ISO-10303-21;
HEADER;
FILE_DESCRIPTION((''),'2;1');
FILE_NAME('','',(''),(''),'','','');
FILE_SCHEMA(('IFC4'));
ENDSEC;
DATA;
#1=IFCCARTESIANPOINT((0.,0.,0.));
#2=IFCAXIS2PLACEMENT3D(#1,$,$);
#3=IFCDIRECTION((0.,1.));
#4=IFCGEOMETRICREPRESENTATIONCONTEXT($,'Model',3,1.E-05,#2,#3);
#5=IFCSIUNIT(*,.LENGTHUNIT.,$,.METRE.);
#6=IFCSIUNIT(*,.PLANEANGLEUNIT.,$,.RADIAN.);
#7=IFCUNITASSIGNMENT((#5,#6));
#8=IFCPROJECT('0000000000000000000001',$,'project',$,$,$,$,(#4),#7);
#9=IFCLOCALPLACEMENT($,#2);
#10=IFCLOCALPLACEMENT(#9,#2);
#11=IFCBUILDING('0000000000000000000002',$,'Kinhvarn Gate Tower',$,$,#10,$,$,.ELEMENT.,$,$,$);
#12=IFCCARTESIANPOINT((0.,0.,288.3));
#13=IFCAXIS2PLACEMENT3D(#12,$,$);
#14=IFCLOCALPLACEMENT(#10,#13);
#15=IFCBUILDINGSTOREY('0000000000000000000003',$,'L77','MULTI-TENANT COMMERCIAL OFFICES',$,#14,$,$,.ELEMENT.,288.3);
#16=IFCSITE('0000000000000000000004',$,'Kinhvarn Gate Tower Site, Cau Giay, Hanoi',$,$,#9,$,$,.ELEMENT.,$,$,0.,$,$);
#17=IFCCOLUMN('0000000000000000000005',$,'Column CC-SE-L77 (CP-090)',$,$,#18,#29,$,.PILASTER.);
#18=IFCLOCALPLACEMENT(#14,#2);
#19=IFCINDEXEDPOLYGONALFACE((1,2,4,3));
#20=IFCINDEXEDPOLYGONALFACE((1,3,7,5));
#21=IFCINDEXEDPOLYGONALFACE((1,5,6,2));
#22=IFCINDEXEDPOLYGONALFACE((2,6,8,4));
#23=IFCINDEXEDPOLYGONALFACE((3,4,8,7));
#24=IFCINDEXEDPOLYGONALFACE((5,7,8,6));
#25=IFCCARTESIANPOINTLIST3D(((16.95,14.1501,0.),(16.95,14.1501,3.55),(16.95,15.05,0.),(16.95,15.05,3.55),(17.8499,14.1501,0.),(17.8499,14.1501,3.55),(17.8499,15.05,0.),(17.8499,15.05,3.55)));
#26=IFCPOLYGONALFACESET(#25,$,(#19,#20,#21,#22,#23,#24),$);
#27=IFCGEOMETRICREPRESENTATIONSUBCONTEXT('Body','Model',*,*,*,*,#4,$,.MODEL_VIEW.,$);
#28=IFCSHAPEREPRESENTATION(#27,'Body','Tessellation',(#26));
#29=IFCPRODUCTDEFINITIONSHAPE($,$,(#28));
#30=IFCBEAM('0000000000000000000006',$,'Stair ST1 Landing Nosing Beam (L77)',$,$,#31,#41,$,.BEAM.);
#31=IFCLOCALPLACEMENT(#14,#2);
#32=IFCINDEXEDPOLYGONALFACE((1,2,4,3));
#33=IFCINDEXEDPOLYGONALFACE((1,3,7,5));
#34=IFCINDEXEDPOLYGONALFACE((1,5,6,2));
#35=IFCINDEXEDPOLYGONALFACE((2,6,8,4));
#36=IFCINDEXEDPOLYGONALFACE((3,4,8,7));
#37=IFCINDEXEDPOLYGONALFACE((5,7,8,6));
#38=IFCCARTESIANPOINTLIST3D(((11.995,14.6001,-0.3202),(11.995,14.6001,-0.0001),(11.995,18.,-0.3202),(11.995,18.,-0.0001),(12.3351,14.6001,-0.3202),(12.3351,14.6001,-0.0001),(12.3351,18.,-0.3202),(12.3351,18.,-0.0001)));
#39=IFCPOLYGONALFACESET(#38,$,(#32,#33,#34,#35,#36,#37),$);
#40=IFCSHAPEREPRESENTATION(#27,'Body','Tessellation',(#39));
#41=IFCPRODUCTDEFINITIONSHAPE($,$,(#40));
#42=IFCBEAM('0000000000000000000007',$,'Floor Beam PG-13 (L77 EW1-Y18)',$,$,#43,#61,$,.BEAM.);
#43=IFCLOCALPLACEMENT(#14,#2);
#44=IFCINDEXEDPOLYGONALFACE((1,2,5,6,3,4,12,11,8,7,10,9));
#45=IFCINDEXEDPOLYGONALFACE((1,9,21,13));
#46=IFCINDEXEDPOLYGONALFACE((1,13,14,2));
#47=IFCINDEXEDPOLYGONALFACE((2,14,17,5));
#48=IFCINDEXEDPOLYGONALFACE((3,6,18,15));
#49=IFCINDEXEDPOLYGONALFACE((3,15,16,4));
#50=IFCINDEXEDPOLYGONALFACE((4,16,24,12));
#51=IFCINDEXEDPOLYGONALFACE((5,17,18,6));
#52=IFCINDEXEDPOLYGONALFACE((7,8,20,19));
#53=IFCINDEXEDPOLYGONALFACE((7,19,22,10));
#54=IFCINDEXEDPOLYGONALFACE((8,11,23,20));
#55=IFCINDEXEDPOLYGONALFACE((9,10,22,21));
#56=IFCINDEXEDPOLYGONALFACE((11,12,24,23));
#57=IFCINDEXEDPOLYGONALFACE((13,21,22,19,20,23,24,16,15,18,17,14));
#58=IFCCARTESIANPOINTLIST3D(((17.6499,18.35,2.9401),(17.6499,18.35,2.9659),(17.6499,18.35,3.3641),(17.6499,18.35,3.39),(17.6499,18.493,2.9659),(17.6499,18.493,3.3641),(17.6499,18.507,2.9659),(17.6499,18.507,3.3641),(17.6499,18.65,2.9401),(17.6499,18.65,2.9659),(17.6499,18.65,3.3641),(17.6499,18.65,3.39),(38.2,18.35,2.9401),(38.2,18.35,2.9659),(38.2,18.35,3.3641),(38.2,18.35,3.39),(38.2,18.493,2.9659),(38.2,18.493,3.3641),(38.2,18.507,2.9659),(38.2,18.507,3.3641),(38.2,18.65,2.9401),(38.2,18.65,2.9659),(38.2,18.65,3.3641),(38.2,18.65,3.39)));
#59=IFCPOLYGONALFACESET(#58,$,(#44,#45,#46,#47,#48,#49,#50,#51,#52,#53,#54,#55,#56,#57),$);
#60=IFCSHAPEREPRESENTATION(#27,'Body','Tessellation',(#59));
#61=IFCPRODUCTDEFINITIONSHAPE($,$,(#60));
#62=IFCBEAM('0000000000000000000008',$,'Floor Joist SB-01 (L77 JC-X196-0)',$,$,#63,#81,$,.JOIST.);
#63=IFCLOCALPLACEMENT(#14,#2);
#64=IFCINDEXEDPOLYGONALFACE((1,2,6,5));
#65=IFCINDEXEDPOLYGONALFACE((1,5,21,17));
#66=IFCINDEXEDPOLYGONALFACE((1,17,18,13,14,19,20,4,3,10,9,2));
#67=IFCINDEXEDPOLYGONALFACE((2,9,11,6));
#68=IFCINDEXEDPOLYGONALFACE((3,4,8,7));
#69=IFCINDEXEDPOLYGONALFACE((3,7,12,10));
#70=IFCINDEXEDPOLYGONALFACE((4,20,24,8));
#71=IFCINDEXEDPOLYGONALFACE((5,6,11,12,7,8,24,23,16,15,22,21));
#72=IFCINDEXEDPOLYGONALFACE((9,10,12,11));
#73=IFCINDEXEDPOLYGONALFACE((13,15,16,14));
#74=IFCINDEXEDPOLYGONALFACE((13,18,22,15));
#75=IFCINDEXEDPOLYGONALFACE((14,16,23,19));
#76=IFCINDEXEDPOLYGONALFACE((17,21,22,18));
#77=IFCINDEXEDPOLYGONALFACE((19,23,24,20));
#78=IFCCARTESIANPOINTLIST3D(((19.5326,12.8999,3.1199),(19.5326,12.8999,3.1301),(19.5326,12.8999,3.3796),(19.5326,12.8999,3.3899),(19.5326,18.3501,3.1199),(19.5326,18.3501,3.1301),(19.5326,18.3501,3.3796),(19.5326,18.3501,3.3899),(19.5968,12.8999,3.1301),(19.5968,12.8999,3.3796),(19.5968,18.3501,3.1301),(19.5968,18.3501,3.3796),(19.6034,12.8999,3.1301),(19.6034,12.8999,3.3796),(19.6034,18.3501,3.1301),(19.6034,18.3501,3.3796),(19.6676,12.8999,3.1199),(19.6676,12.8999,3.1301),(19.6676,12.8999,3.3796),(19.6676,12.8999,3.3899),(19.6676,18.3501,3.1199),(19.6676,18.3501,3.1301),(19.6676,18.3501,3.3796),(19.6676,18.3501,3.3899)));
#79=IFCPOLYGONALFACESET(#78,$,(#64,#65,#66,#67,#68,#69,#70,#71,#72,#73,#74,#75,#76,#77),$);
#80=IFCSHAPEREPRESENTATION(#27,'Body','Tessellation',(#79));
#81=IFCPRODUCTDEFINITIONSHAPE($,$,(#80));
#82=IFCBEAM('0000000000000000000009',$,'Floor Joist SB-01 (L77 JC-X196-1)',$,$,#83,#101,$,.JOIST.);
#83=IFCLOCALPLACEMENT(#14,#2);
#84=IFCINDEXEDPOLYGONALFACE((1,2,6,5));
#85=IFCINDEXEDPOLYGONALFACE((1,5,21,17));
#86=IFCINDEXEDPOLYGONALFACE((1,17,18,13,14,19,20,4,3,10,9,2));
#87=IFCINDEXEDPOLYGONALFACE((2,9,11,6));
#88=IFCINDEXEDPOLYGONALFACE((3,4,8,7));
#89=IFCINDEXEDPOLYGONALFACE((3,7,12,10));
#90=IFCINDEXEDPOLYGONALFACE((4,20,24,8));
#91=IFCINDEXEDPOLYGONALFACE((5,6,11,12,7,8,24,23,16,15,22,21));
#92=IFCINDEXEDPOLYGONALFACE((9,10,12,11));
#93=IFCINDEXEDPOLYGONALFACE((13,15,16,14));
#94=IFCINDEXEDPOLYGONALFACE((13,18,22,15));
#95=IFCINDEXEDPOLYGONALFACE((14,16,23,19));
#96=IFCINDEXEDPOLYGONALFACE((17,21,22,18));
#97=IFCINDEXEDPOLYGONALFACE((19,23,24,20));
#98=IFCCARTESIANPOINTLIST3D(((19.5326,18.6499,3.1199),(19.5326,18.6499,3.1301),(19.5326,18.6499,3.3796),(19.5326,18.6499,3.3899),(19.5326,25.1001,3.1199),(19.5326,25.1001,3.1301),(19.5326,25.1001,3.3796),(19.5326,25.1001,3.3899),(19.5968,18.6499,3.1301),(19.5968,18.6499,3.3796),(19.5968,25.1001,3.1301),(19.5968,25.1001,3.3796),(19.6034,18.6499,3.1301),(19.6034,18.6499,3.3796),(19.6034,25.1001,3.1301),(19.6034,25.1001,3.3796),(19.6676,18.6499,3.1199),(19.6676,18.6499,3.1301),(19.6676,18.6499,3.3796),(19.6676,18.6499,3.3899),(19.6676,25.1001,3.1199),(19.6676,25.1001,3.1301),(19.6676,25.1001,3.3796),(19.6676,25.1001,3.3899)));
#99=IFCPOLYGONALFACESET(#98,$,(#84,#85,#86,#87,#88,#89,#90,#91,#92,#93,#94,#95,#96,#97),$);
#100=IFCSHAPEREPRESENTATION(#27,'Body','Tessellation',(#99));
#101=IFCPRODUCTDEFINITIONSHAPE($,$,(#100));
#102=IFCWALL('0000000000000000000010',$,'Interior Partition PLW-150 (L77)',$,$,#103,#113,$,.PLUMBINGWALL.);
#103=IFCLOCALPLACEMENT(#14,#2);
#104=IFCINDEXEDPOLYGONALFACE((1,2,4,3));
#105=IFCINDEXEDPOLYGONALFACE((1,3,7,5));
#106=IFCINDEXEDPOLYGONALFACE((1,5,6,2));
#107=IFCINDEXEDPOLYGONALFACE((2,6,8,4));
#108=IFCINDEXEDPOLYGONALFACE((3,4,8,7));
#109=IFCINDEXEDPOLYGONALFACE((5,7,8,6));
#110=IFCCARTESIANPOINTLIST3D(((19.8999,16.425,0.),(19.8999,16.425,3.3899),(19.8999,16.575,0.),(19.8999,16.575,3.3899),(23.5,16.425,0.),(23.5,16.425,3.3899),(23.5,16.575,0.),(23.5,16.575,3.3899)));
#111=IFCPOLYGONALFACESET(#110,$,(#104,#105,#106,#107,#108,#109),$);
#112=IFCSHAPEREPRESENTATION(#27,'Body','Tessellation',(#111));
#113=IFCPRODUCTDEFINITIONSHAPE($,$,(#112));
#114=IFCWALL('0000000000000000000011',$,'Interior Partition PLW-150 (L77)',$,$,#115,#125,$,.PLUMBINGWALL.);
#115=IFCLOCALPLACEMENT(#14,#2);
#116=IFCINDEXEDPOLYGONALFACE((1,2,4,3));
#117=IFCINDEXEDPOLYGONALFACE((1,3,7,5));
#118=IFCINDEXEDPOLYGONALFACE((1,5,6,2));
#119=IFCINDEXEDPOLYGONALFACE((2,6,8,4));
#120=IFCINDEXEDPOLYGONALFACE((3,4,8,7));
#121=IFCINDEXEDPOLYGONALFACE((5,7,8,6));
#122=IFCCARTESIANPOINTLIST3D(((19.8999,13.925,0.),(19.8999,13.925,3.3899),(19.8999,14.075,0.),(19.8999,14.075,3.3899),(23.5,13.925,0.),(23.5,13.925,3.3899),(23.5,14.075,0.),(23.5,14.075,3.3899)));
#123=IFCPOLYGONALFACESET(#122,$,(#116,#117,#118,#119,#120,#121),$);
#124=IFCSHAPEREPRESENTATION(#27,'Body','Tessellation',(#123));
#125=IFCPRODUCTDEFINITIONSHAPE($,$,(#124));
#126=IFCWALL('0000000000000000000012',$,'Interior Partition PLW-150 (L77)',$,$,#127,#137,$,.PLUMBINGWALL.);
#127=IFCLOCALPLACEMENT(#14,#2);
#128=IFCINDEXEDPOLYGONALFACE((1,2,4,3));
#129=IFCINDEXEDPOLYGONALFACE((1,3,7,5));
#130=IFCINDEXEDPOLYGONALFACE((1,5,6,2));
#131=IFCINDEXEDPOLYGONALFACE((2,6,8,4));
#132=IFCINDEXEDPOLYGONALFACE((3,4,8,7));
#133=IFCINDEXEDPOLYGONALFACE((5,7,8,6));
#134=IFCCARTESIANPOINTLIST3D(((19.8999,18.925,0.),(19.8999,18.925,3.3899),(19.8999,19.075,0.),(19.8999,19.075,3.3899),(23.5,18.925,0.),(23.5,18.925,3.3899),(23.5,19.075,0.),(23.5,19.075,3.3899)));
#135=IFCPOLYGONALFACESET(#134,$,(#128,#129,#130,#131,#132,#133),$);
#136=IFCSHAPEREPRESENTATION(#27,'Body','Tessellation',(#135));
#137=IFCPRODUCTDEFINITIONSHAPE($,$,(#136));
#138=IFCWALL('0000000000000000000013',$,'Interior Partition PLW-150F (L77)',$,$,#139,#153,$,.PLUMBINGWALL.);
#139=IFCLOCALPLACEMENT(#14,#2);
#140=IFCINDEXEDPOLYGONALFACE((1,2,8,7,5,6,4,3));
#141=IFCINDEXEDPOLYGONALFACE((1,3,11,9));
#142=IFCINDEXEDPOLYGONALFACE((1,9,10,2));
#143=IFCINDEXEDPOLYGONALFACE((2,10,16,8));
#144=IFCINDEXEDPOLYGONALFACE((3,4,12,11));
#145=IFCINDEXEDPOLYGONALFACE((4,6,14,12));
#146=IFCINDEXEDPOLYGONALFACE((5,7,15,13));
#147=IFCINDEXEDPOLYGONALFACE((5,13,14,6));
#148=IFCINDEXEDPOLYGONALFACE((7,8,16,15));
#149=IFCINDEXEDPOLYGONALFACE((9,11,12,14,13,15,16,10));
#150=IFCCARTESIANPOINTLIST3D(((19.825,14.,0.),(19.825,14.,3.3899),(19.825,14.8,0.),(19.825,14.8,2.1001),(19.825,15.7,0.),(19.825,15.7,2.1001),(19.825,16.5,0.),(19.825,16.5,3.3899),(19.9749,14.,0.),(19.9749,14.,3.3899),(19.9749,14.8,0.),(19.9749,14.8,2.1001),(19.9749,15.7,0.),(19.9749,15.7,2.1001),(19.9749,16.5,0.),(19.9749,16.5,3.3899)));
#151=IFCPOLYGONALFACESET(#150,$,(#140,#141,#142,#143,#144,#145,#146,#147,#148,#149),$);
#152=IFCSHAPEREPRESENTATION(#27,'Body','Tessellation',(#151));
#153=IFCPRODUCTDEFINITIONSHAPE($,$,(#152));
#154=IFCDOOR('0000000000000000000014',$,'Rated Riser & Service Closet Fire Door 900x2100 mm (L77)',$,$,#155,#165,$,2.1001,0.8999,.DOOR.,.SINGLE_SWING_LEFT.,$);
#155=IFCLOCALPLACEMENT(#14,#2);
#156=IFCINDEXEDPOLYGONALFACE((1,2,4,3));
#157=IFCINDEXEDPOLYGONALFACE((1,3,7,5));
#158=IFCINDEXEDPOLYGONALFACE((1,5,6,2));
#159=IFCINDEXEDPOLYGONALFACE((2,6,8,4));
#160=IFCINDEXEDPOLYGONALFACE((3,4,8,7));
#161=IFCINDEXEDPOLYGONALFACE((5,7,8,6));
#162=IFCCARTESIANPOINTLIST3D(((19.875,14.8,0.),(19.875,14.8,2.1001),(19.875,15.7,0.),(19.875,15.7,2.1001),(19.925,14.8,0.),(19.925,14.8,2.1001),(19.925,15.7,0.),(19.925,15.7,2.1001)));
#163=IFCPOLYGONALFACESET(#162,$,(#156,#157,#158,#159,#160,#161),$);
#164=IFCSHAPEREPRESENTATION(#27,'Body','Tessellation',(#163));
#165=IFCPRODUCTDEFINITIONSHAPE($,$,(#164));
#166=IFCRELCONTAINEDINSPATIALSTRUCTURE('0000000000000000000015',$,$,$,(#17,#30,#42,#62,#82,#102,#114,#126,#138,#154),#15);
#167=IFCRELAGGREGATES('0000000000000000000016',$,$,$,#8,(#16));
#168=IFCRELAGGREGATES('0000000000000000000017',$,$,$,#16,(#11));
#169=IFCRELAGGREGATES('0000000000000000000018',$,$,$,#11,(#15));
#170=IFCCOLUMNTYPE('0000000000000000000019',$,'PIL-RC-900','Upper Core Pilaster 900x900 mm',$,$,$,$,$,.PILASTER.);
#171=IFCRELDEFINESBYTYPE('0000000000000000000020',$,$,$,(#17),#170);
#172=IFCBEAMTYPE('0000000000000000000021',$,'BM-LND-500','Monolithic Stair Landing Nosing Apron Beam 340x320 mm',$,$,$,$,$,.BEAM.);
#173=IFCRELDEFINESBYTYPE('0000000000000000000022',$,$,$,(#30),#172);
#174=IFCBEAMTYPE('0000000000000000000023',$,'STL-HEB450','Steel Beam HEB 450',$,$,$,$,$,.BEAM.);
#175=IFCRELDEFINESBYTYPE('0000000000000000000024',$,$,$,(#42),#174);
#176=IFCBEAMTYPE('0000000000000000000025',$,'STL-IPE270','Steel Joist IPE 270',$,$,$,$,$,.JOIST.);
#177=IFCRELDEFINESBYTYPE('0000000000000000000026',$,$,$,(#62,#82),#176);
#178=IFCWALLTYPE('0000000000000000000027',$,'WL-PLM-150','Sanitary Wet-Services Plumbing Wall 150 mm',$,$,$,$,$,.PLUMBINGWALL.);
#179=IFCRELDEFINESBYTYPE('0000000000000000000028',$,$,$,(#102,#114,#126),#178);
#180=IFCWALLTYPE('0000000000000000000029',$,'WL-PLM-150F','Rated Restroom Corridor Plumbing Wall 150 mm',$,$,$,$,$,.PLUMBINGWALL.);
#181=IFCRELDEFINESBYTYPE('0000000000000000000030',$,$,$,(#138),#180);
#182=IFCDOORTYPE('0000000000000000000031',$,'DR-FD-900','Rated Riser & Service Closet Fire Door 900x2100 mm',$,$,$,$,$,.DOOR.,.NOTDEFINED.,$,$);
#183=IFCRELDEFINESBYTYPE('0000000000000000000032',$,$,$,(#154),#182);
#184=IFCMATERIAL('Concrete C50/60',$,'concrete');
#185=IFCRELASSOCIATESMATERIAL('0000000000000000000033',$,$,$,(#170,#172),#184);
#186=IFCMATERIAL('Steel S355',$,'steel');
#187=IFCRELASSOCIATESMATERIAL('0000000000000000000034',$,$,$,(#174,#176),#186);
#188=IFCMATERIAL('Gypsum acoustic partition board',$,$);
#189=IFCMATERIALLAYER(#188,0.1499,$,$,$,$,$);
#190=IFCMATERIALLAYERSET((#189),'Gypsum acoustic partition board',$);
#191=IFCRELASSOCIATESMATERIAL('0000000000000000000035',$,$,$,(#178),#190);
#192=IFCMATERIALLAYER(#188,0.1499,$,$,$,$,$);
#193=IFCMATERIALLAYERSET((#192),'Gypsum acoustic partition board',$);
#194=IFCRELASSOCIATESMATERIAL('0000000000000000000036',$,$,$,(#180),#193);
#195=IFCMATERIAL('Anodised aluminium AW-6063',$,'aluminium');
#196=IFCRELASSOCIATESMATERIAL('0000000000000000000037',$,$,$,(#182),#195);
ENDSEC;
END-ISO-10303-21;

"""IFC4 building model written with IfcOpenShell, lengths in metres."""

from ifc_helpers import new_model, si_unit, direction, frame, frame_2d, origin, origin_2d, place, context, subcontext, project, spatial, rectangle, i_section, extrude, material, layer, layer_set, material_profile, profile_set, type_object, element, fill, save


model = new_model("IFC4")

# Units and contexts
model_context = context("Model", 3, precision=1e-05, world=origin(), true_north=direction((0.0, 1.0)))
body_context = subcontext(model_context, "Body", "Model", "MODEL_VIEW")
ifc_project = project(units=[si_unit("LENGTHUNIT", "METRE"), si_unit("PLANEANGLEUNIT", "RADIAN")], contexts=[model_context])

# Site, building, storey
site_placement = place(None, origin())
site = spatial("IfcSite", under=ifc_project, at=site_placement, Name="Kinhvarn Gate Tower Site, Cau Giay, Hanoi", CompositionType="ELEMENT", RefElevation=0.0)
building_placement = place(site_placement, origin())
building = spatial("IfcBuilding", under=site, at=building_placement, Name="Kinhvarn Gate Tower", CompositionType="ELEMENT")
storey_placement = place(building_placement, frame((0.0, 0.0, 288.3)))
storey = spatial("IfcBuildingStorey", under=building, at=storey_placement, Name="L77", Description="MULTI-TENANT COMMERCIAL OFFICES", CompositionType="ELEMENT", Elevation=288.3)

# Column
ifc_material_1 = material(Name="Concrete C50/60", Category="concrete")
ifc_material_profile_1 = material_profile(ifc_material_1, rectangle(XDim=0.8999, YDim=0.8999, at=origin_2d()), Name="RC 900x900")
ifc_profile_set_1 = profile_set([ifc_material_profile_1], Name="Concrete C50/60")
column_type = type_object("IfcColumnType", Name="PIL-RC-900", Description="Upper Core Pilaster 900x900 mm", PredefinedType="PILASTER", material=ifc_profile_set_1)
column_placement = place(storey_placement, frame((17.3999, 14.6001, 0.0), z_axis=(0.0, 0.0, 1.0), x_axis=(1.0, 0.0, 0.0)))
element("IfcColumn", 1, at=column_placement, inside=storey, type_object=column_type, Name="Column CC-SE-L77 (CP-090)", PredefinedType="PILASTER", context=body_context, shape_type="SweptSolid", body=[
    extrude(rectangle(XDim=0.8999, YDim=0.8999, at=origin_2d()), origin(), (0.0, 0.0, 1.0), 3.55),
])

# Beams
ifc_material_profile_2 = material_profile(ifc_material_1, rectangle(XDim=0.3401, YDim=0.3201, at=origin_2d()), Name="RC 340x320")
ifc_profile_set_2 = profile_set([ifc_material_profile_2], Name="Concrete C50/60")
beam_type_1 = type_object("IfcBeamType", Name="BM-LND-500", Description="Monolithic Stair Landing Nosing Apron Beam 340x320 mm", PredefinedType="BEAM", material=ifc_profile_set_2)
beam_1_placement = place(storey_placement, frame((12.165, 14.6001, -0.1602), z_axis=(0.0, 1.0, 0.0), x_axis=(-1.0, 0.0, 0.0)))
element("IfcBeam", 2, at=beam_1_placement, inside=storey, type_object=beam_type_1, Name="Stair ST1 Landing Nosing Beam (L77)", PredefinedType="BEAM", context=body_context, shape_type="SweptSolid", body=[
    extrude(rectangle(XDim=0.3401, YDim=0.3201, at=origin_2d()), origin(), (0.0, 0.0, 1.0), 3.3999),
])
ifc_material_2 = material(Name="Steel S355", Category="steel")
ifc_material_profile_3 = material_profile(ifc_material_2, i_section(OverallWidth=0.3, OverallDepth=0.45, WebThickness=0.0139, FlangeThickness=0.0259, at=origin_2d()), Name="HEB 450")
ifc_profile_set_3 = profile_set([ifc_material_profile_3], Name="Steel S355")
beam_type_2 = type_object("IfcBeamType", Name="STL-HEB450", Description="Steel Beam HEB 450", PredefinedType="BEAM", material=ifc_profile_set_3)
beam_2_placement = place(storey_placement, frame((17.6499, 18.5, 3.165), z_axis=(1.0, 0.0, 0.0), x_axis=(0.0, 1.0, 0.0)))
element("IfcBeam", 3, at=beam_2_placement, inside=storey, type_object=beam_type_2, Name="Floor Beam PG-13 (L77 EW1-Y18)", PredefinedType="BEAM", context=body_context, shape_type="SweptSolid", body=[
    extrude(i_section(OverallWidth=0.3, OverallDepth=0.45, WebThickness=0.0139, FlangeThickness=0.0259, at=origin_2d()), origin(), (0.0, 0.0, 1.0), 20.55),
])
ifc_material_profile_4 = material_profile(ifc_material_2, i_section(OverallWidth=0.135, OverallDepth=0.27, WebThickness=0.0066, FlangeThickness=0.0103, at=origin_2d()), Name="IPE 270")
ifc_profile_set_4 = profile_set([ifc_material_profile_4], Name="Steel S355")
beam_type_3 = type_object("IfcBeamType", Name="STL-IPE270", Description="Steel Joist IPE 270", PredefinedType="JOIST", material=ifc_profile_set_4)
beam_3_placement = place(storey_placement, frame((19.6001, 12.8999, 3.2549), z_axis=(0.0, 1.0, 0.0), x_axis=(-1.0, 0.0, 0.0)))
element("IfcBeam", 4, at=beam_3_placement, inside=storey, type_object=beam_type_3, Name="Floor Joist SB-01 (L77 JC-X196-0)", PredefinedType="JOIST", context=body_context, shape_type="SweptSolid", body=[
    extrude(i_section(OverallWidth=0.135, OverallDepth=0.27, WebThickness=0.0066, FlangeThickness=0.0103, at=origin_2d()), origin(), (0.0, 0.0, 1.0), 5.4502),
])
beam_4_placement = place(storey_placement, frame((19.6001, 18.6499, 3.2549), z_axis=(0.0, 1.0, 0.0), x_axis=(-1.0, 0.0, 0.0)))
element("IfcBeam", 5, at=beam_4_placement, inside=storey, type_object=beam_type_3, Name="Floor Joist SB-01 (L77 JC-X196-1)", PredefinedType="JOIST", context=body_context, shape_type="SweptSolid", body=[
    extrude(i_section(OverallWidth=0.135, OverallDepth=0.27, WebThickness=0.0066, FlangeThickness=0.0103, at=origin_2d()), origin(), (0.0, 0.0, 1.0), 6.4502),
])

# Shared definitions
ifc_material_3 = material(Name="Anodised aluminium AW-6063", Category="aluminium")

# Walls
ifc_material_4 = material(Name="Gypsum acoustic partition board")
ifc_layer_1 = layer(ifc_material_4, 0.1499)
ifc_layer_set_1 = layer_set([ifc_layer_1], Name="Gypsum acoustic partition board")
wall_type_1 = type_object("IfcWallType", Name="WL-PLM-150", Description="Sanitary Wet-Services Plumbing Wall 150 mm", PredefinedType="PLUMBINGWALL", material=ifc_layer_set_1)
for number, where, z_axis, x_axis, name in (
    (6, (19.8999, 16.5, 0.0), (0.0, 0.0, 1.0), (1.0, 0.0, 0.0), "Interior Partition PLW-150 (L77)"),
    (7, (19.8999, 14.0, 0.0), (0.0, 0.0, 1.0), (1.0, 0.0, 0.0), "Interior Partition PLW-150 (L77)"),
    (8, (19.8999, 19.0, 0.0), (0.0, 0.0, 1.0), (1.0, 0.0, 0.0), "Interior Partition PLW-150 (L77)"),
):
    element("IfcWall", number, at=place(storey_placement, frame(where, z_axis=z_axis, x_axis=x_axis)), inside=storey, type_object=wall_type_1, Name=name, PredefinedType="PLUMBINGWALL", context=body_context, shape_type="SweptSolid", body=[
        extrude(rectangle(XDim=3.6001, YDim=0.1499, at=frame_2d((1.8, 0.0))), origin(), (0.0, 0.0, 1.0), 3.3899),
    ])

# Wall, opening, door
ifc_layer_2 = layer(ifc_material_4, 0.1499)
ifc_layer_set_2 = layer_set([ifc_layer_2], Name="Gypsum acoustic partition board")
wall_type_2 = type_object("IfcWallType", Name="WL-PLM-150F", Description="Rated Restroom Corridor Plumbing Wall 150 mm", PredefinedType="PLUMBINGWALL", material=ifc_layer_set_2)
wall_1_placement = place(storey_placement, frame((19.8999, 14.0, 0.0), z_axis=(0.0, 0.0, 1.0), x_axis=(0.0, 1.0, 0.0)))
wall_1 = element("IfcWall", 9, at=wall_1_placement, inside=storey, type_object=wall_type_2, Name="Interior Partition PLW-150F (L77)", PredefinedType="PLUMBINGWALL", context=body_context, shape_type="SweptSolid", body=[
    extrude(rectangle(XDim=2.5, YDim=0.1499, at=frame_2d((1.25, 0.0))), origin(), (0.0, 0.0, 1.0), 3.3899),
])
opening_1_placement = place(wall_1_placement, frame((0.8, 0.0, 0.0)))
opening_1 = element("IfcOpeningElement", 10, at=opening_1_placement, cuts=wall_1, PredefinedType="OPENING", context=body_context, shape_type="SweptSolid", body=[
    extrude(rectangle(XDim=0.8999, YDim=2.1001, at=frame_2d((0.45, 1.05))), frame((0.0, 0.085, 0.0), z_axis=(0.0, -1.0, 0.0), x_axis=(1.0, 0.0, 0.0)), (0.0, 0.0, 1.0), 0.1699),
])
door_type_1 = type_object("IfcDoorType", Name="DR-FD-900", Description="Rated Riser & Service Closet Fire Door 900x2100 mm", OperationType="NOTDEFINED", PredefinedType="DOOR", material=ifc_material_3)
door_1_placement = place(opening_1_placement, origin())
door_1 = element("IfcDoor", 11, at=door_1_placement, inside=storey, type_object=door_type_1, Name="Rated Riser & Service Closet Fire Door 900x2100 mm (L77)", OperationType="SINGLE_SWING_LEFT", OverallHeight=2.1001, OverallWidth=0.8999, PredefinedType="DOOR", context=body_context, shape_type="SweptSolid", body=[
    extrude(rectangle(XDim=0.8999, YDim=2.1001, at=frame_2d((0.45, 1.05))), frame((0.0, 0.0249, 0.0), z_axis=(0.0, -1.0, 0.0), x_axis=(1.0, 0.0, 0.0)), (0.0, 0.0, 1.0), 0.05),
])
fill(opening_1, door_1)

save(model, "model.ifc")
